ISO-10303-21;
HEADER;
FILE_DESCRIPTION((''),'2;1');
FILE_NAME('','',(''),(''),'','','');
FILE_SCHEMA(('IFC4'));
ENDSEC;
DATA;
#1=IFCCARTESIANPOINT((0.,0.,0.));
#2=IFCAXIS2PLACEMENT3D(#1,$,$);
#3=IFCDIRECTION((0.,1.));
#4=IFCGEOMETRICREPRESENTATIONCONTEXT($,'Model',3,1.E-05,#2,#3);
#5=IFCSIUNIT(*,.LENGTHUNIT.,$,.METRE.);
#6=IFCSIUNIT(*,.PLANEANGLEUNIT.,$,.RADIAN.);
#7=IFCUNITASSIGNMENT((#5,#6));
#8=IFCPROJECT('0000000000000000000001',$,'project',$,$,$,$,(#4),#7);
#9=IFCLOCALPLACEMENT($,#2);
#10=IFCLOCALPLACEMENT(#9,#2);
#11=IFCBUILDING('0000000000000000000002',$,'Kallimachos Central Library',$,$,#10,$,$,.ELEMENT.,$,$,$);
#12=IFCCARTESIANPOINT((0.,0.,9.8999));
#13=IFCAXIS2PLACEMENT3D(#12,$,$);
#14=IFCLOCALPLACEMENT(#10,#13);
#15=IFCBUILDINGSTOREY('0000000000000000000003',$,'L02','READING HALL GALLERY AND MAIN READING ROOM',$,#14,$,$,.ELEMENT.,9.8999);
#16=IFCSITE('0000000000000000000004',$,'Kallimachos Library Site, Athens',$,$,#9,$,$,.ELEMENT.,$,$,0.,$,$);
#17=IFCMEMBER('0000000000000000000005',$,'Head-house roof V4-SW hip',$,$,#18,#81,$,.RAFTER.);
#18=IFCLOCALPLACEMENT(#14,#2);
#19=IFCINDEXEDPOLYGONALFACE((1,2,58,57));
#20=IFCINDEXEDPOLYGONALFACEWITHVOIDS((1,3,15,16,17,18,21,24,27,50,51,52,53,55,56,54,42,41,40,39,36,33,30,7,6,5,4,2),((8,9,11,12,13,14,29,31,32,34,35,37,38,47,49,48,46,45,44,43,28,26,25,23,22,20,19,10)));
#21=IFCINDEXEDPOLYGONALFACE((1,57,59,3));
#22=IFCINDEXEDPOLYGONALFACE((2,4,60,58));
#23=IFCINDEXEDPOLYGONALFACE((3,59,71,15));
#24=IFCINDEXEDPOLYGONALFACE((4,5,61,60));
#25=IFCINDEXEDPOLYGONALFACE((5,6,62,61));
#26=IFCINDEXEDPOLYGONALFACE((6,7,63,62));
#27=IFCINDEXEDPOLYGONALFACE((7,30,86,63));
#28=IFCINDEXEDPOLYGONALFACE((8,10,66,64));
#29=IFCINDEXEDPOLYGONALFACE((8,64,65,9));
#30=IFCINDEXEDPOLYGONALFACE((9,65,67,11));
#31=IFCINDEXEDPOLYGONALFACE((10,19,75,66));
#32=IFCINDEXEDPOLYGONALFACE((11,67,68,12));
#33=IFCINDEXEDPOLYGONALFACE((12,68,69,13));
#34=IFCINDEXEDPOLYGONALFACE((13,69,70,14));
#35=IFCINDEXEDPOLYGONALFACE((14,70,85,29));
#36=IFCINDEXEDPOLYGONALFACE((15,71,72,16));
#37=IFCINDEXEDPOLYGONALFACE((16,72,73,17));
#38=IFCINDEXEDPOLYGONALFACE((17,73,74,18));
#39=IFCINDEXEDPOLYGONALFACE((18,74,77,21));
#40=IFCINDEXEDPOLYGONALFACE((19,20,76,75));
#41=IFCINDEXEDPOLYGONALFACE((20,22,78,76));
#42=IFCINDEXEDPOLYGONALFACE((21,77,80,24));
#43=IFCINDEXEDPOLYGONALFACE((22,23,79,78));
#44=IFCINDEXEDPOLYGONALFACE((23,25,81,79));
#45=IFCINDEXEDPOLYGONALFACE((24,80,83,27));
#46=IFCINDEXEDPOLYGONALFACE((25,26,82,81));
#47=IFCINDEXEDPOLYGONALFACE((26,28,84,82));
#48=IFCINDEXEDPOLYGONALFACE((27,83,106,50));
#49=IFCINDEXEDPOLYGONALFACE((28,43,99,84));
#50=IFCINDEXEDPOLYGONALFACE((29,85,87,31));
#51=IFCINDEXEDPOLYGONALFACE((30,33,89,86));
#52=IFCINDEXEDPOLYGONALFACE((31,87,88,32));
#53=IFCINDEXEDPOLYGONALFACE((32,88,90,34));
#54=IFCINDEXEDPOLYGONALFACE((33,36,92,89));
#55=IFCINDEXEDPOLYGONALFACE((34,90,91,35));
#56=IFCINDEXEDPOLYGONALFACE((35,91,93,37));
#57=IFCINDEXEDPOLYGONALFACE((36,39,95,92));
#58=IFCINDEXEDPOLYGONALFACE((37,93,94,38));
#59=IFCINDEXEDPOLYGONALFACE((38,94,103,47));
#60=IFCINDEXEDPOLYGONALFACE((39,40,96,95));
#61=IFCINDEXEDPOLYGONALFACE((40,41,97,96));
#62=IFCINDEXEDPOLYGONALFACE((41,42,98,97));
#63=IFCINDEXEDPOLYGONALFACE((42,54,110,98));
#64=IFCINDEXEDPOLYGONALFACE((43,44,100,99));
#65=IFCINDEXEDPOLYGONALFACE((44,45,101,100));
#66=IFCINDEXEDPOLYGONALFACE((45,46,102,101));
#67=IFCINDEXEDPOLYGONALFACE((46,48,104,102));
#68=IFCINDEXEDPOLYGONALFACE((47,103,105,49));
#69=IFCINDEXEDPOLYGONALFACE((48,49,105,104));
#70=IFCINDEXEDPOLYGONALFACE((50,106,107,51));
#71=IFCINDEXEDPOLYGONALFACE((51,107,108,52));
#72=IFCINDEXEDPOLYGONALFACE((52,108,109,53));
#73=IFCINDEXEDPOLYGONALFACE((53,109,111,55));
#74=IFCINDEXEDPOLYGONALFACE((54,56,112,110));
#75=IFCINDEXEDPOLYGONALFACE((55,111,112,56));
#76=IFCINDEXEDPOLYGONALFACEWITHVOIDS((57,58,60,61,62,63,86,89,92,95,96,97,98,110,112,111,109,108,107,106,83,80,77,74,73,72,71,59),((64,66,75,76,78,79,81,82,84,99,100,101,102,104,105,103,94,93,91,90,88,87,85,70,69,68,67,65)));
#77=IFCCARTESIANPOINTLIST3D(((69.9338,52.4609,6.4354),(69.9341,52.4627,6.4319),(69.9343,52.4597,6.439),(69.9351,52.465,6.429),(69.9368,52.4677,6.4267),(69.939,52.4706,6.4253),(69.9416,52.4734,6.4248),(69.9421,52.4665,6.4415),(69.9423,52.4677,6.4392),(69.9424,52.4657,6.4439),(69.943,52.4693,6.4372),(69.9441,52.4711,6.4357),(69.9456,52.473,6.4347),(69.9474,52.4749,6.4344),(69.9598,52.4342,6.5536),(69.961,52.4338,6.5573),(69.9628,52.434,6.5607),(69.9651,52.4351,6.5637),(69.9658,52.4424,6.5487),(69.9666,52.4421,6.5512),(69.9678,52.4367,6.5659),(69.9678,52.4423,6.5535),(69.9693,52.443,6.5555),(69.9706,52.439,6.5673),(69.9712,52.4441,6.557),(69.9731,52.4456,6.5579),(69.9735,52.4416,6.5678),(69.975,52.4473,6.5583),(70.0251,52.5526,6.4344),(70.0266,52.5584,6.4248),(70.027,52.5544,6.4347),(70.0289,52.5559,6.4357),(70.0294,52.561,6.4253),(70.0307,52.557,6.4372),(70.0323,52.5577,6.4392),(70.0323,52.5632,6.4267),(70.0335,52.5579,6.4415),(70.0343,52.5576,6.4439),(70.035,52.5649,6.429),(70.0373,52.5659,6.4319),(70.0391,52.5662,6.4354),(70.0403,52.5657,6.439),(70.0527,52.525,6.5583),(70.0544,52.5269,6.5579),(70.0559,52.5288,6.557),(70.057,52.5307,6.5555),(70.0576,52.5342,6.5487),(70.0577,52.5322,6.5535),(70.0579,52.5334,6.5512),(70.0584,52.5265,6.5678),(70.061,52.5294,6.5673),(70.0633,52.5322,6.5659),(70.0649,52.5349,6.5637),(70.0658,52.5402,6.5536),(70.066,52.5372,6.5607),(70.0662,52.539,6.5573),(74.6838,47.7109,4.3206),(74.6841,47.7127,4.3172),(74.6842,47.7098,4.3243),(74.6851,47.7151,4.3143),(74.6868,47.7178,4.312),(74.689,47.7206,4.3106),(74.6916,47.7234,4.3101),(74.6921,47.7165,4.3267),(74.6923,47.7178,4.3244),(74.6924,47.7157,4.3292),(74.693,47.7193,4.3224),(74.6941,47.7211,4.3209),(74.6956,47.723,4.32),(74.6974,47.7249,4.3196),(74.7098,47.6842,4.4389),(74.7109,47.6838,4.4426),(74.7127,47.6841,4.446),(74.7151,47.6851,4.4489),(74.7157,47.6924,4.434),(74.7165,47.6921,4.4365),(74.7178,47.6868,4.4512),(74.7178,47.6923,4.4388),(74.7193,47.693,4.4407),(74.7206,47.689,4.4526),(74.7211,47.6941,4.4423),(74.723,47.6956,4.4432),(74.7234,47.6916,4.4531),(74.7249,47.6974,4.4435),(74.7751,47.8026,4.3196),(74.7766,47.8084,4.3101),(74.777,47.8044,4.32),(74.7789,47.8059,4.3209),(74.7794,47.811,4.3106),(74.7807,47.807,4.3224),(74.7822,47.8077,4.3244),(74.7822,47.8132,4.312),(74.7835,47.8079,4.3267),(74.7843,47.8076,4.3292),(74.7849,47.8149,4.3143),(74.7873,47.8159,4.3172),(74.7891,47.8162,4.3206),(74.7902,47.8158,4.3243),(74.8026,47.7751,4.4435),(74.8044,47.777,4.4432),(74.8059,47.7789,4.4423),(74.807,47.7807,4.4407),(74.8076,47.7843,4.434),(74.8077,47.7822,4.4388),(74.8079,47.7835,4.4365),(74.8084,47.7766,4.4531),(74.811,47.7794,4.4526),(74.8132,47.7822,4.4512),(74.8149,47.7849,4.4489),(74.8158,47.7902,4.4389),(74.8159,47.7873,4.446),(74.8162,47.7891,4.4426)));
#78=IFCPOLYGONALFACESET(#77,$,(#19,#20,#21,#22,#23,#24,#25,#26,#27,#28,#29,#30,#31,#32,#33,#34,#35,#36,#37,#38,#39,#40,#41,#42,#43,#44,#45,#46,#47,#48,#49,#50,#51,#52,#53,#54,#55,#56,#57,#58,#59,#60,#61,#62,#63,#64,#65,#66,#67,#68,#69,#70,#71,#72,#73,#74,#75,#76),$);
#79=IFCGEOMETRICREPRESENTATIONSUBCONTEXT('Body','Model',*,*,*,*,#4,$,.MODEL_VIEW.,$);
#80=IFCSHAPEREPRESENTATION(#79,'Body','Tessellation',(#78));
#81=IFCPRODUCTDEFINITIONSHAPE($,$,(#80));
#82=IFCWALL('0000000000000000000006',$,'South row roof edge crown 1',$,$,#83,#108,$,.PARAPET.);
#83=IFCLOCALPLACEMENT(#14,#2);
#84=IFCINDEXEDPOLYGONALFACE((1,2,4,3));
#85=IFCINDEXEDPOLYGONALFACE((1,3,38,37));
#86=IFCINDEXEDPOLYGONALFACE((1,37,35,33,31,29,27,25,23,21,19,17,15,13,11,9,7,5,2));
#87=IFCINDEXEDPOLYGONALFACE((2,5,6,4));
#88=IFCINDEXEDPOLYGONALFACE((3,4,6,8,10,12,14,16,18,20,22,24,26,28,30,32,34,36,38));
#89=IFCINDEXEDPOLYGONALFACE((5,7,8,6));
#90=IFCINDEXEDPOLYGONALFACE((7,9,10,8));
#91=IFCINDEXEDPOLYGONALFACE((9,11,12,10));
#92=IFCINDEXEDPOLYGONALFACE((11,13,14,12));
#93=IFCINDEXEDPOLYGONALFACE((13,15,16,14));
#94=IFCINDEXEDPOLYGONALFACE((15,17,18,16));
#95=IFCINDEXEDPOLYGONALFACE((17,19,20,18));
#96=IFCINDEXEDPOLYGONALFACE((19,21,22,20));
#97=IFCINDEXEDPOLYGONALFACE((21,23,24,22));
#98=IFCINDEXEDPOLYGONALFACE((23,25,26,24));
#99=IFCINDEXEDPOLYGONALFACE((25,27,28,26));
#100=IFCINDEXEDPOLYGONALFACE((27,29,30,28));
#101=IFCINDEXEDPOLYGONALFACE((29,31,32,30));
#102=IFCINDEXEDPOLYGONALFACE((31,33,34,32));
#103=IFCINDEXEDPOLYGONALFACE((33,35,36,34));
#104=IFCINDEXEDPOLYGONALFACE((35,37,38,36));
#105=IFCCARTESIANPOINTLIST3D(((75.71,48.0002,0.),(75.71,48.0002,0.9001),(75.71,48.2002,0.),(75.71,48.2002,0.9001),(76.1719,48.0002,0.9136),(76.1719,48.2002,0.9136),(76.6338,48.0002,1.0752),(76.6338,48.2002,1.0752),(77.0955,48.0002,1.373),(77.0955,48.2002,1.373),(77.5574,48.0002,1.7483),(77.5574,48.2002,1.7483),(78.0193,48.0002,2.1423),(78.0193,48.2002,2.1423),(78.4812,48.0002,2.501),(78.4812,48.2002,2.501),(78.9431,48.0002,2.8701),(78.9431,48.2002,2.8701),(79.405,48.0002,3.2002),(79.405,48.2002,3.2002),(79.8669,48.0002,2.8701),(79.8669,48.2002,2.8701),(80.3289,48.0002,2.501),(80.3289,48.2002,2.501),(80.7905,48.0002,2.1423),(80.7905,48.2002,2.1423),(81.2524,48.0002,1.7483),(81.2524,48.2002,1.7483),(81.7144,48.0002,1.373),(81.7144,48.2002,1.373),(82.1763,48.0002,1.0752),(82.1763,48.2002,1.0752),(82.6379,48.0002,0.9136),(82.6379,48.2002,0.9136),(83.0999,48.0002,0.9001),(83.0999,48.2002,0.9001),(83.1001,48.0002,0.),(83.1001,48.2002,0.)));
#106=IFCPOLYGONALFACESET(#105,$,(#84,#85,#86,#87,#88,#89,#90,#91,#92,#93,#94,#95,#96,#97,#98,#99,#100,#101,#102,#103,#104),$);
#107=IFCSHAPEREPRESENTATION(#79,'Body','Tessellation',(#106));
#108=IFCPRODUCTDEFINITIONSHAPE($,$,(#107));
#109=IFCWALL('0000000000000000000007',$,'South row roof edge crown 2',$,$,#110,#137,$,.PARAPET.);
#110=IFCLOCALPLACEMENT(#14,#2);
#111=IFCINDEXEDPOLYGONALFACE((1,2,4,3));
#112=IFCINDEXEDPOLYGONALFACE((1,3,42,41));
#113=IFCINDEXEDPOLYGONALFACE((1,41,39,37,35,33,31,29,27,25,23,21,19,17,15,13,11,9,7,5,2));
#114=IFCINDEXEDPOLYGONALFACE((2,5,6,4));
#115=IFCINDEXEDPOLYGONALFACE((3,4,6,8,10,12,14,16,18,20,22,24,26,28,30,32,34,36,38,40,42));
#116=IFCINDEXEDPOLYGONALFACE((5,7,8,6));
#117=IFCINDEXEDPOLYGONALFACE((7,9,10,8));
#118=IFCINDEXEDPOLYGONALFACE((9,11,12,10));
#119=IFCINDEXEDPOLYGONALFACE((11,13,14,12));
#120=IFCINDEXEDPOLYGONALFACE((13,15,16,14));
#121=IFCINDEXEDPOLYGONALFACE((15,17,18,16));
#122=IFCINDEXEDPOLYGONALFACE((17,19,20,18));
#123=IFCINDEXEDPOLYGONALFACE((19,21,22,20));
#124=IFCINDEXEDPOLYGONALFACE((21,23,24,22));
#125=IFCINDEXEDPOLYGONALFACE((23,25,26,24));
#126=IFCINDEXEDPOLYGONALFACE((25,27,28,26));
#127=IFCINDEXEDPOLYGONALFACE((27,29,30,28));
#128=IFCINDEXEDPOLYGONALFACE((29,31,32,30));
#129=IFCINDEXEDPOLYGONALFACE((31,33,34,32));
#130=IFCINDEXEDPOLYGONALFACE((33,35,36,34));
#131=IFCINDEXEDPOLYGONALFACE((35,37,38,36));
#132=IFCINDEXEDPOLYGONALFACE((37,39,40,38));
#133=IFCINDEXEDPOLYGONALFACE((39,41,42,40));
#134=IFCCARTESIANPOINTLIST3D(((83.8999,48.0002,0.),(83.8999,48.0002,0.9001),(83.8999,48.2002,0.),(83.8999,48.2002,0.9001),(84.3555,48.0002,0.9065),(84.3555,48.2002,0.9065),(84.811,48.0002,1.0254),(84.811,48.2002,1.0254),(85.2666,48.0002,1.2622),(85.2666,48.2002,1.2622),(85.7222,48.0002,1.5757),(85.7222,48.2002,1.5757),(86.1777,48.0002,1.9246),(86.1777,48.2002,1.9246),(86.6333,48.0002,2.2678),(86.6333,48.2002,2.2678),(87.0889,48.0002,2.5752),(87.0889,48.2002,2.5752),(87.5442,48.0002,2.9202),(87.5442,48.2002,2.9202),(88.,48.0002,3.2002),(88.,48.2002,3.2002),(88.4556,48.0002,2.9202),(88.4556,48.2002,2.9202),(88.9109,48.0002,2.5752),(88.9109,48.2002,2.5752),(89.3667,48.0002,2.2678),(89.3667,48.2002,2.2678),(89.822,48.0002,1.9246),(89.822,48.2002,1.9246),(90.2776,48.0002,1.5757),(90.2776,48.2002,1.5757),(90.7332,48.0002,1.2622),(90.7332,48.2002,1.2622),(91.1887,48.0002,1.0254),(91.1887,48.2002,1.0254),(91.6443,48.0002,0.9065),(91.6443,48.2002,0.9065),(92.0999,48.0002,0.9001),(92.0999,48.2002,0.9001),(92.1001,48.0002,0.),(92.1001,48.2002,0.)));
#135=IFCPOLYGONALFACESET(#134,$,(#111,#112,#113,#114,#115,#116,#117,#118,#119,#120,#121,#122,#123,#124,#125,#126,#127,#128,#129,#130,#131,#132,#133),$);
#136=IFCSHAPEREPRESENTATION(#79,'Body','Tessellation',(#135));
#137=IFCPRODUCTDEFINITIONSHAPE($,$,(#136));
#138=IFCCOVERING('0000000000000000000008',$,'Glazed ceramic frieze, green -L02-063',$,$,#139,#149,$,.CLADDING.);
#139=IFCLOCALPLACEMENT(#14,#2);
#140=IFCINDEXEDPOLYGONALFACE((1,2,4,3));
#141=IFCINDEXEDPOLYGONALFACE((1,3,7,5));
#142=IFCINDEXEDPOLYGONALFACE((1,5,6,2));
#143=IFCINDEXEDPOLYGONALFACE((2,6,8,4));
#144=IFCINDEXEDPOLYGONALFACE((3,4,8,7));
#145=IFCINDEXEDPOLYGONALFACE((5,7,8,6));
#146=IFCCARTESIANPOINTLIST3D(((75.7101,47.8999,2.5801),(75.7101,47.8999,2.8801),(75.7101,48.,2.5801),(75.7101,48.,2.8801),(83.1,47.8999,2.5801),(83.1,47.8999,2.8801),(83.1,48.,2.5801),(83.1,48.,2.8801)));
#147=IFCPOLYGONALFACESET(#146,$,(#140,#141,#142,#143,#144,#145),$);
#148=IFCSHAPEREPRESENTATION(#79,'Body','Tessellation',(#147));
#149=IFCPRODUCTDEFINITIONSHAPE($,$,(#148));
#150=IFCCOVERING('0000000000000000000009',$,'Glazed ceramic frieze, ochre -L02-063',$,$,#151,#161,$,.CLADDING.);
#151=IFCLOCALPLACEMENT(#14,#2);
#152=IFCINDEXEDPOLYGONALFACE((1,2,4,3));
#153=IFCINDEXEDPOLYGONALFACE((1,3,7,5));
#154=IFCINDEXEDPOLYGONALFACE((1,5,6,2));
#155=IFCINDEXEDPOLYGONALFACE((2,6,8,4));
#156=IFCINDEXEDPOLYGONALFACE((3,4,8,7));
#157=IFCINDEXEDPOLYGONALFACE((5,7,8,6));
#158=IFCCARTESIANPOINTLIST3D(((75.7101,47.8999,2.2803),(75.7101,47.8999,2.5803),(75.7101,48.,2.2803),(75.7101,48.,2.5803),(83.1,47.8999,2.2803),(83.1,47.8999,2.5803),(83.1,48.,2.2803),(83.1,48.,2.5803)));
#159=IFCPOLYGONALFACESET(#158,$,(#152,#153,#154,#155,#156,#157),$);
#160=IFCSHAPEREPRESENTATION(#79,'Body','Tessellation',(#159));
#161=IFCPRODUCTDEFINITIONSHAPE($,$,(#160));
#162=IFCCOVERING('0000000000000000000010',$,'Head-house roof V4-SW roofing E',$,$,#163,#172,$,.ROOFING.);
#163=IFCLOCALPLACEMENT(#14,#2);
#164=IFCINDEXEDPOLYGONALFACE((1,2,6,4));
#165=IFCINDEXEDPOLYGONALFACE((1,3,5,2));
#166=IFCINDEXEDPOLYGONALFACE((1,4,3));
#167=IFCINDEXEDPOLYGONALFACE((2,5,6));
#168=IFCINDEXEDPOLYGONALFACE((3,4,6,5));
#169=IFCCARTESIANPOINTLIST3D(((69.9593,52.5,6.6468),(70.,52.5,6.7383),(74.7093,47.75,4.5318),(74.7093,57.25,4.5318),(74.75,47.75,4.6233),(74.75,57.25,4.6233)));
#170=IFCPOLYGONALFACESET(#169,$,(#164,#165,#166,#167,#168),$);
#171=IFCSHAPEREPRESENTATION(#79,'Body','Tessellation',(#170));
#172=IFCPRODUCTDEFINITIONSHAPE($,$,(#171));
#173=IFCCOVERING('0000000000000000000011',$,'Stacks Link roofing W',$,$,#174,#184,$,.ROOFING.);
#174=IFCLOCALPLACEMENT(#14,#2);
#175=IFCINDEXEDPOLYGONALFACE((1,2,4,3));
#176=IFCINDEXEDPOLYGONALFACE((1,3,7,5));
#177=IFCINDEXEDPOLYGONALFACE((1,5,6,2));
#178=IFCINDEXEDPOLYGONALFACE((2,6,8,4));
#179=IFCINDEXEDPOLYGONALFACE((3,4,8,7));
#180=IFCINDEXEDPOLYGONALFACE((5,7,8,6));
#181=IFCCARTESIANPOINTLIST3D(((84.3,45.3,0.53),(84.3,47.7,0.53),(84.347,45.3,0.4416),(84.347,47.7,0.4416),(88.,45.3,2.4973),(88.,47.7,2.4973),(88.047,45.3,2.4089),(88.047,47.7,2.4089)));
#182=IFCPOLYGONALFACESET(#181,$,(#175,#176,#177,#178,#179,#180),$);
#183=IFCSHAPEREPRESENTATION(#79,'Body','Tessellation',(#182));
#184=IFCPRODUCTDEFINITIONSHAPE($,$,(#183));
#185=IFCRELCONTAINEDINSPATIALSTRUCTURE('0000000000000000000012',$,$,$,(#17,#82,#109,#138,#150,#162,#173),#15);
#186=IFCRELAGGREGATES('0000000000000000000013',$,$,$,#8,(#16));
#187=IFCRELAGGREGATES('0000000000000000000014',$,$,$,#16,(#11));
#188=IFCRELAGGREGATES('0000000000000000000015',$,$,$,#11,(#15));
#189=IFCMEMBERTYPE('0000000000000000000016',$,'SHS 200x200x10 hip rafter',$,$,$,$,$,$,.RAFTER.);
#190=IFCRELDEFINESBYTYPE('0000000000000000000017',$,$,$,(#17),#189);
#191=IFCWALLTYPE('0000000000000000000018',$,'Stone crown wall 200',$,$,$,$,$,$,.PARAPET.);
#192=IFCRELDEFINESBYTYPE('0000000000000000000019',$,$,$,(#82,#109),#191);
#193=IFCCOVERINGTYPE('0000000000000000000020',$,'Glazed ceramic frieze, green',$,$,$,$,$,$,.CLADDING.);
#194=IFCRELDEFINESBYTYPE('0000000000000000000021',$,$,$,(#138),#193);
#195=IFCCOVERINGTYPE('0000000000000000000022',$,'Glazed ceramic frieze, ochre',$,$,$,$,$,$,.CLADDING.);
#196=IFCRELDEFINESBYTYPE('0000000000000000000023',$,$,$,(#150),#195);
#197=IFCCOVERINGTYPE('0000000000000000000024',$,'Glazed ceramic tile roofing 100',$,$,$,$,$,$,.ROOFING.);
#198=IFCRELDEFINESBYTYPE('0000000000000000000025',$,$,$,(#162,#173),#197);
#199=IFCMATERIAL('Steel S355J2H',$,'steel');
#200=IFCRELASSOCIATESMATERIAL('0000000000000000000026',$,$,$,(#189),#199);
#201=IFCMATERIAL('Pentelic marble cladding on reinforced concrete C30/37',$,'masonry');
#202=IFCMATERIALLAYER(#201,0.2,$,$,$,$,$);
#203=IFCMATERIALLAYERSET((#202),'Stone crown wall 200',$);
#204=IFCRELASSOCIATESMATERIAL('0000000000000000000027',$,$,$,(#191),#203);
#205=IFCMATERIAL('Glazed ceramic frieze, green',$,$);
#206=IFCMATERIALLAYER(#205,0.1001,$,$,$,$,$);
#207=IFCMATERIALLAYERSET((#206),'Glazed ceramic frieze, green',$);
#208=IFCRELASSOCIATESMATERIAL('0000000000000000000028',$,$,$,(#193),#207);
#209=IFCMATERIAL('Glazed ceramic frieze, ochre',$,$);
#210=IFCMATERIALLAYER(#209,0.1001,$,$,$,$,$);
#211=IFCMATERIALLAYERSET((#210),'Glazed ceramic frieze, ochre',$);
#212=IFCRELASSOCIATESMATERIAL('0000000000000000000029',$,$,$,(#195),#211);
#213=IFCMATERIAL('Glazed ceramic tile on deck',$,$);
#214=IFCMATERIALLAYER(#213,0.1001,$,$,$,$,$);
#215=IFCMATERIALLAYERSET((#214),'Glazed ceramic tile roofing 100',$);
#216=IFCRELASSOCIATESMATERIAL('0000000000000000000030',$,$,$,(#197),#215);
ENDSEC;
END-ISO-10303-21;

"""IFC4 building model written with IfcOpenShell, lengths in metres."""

from ifc_helpers import new_model, si_unit, direction, frame, origin, origin_2d, place, context, subcontext, project, spatial, polyline, rectangle, hollow_rectangle, outline, extrude, material, layer, layer_set, material_profile, profile_set, type_object, element, save


model = new_model("IFC4")

# Units and contexts
model_context = context("Model", 3, precision=1e-05, world=origin(), true_north=direction((0.0, 1.0)))
body_context = subcontext(model_context, "Body", "Model", "MODEL_VIEW")
ifc_project = project(units=[si_unit("LENGTHUNIT", "METRE"), si_unit("PLANEANGLEUNIT", "RADIAN")], contexts=[model_context])

# Site, building, storey
site_placement = place(None, origin())
site = spatial("IfcSite", under=ifc_project, at=site_placement, Name="Kallimachos Library Site, Athens", CompositionType="ELEMENT", RefElevation=0.0)
building_placement = place(site_placement, origin())
building = spatial("IfcBuilding", under=site, at=building_placement, Name="Kallimachos Central Library", CompositionType="ELEMENT")
storey_placement = place(building_placement, frame((0.0, 0.0, 9.8999)))
storey = spatial("IfcBuildingStorey", under=building, at=storey_placement, Name="L02", Description="READING HALL GALLERY AND MAIN READING ROOM", CompositionType="ELEMENT", Elevation=9.8999)

# Member
ifc_material_1 = material(Name="Steel S355J2H", Category="steel")
ifc_material_profile_1 = material_profile(ifc_material_1, hollow_rectangle(XDim=0.1499, YDim=0.1499, WallThickness=0.01, InnerFilletRadius=0.01, OuterFilletRadius=0.0149, at=origin_2d()), Name="SHS 150x150x10")
ifc_profile_set_1 = profile_set([ifc_material_profile_1], Name="Steel S355J2H")
member_type = type_object("IfcMemberType", Name="SHS 200x200x10 hip rafter", PredefinedType="RAFTER", material=ifc_profile_set_1)
member_placement = place(storey_placement, frame((74.75, 47.75, 4.3816), z_axis=(-0.674474, 0.674474, 0.300282), x_axis=(-0.707107, -0.707107, 0.0)))
element("IfcMember", 1, at=member_placement, inside=storey, type_object=member_type, Name="Head-house roof V4-SW hip", PredefinedType="RAFTER", context=body_context, shape_type="SweptSolid", body=[
    extrude(hollow_rectangle(XDim=0.1499, YDim=0.1499, WallThickness=0.01, InnerFilletRadius=0.01, OuterFilletRadius=0.0149, at=origin_2d()), origin(), (0.0, 0.0, 1.0), 7.0425),
])

# Walls
ifc_material_2 = material(Name="Pentelic marble cladding on reinforced concrete C30/37", Category="masonry")
ifc_layer_1 = layer(ifc_material_2, 0.2)
ifc_layer_set_1 = layer_set([ifc_layer_1], Name="Stone crown wall 200")
wall_type = type_object("IfcWallType", Name="Stone crown wall 200", PredefinedType="PARAPET", material=ifc_layer_set_1)
wall_1_placement = place(storey_placement, frame((75.71, 48.1001, 0.0), z_axis=(0.0, 0.0, 1.0), x_axis=(1.0, 0.0, 0.0)))
element("IfcWall", 2, at=wall_1_placement, inside=storey, type_object=wall_type, Name="South row roof edge crown 1", PredefinedType="PARAPET", context=body_context, shape_type="SweptSolid", body=[
    extrude(outline(polyline([(0.0, 0.0), (7.3901, 0.0), (7.3899, 0.9001), (6.928, 0.9136), (6.4663, 1.0752), (6.0044, 1.373), (5.5425, 1.7483), (5.0806, 2.1423), (4.6189, 2.501), (4.157, 2.8701), (3.6951, 3.2002), (3.2332, 2.8701), (2.7712, 2.501), (2.3093, 2.1423), (1.8474, 1.7483), (1.3855, 1.373), (0.9238, 1.0752), (0.4619, 0.9136), (0.0, 0.9001), (0.0, 0.0)])), frame((0.0, 0.1001, 0.0), z_axis=(0.0, -1.0, 0.0), x_axis=(1.0, 0.0, 0.0)), (0.0, 0.0, 1.0), 0.2),
])
wall_2_placement = place(storey_placement, frame((83.8999, 48.1001, 0.0), z_axis=(0.0, 0.0, 1.0), x_axis=(1.0, 0.0, 0.0)))
element("IfcWall", 3, at=wall_2_placement, inside=storey, type_object=wall_type, Name="South row roof edge crown 2", PredefinedType="PARAPET", context=body_context, shape_type="SweptSolid", body=[
    extrude(outline(polyline([(0.0, 0.0), (8.2002, 0.0), (8.2, 0.9001), (7.7444, 0.9065), (7.2888, 1.0254), (6.8333, 1.2622), (6.3777, 1.5757), (5.9221, 1.9246), (5.4668, 2.2678), (5.011, 2.5752), (4.5557, 2.9202), (4.1001, 3.2002), (3.6443, 2.9202), (3.189, 2.5752), (2.7334, 2.2678), (2.2778, 1.9246), (1.8223, 1.5757), (1.3667, 1.2622), (0.9111, 1.0254), (0.4556, 0.9065), (0.0, 0.9001), (0.0, 0.0)])), frame((0.0, 0.1001, 0.0), z_axis=(0.0, -1.0, 0.0), x_axis=(1.0, 0.0, 0.0)), (0.0, 0.0, 1.0), 0.2),
])

# Coverings
ifc_material_3 = material(Name="Glazed ceramic frieze, green")
ifc_layer_2 = layer(ifc_material_3, 0.1001)
ifc_layer_set_2 = layer_set([ifc_layer_2], Name="Glazed ceramic frieze, green")
covering_type_1 = type_object("IfcCoveringType", Name="Glazed ceramic frieze, green", PredefinedType="CLADDING", material=ifc_layer_set_2)
covering_1_placement = place(storey_placement, frame((79.405, 47.95, 2.5801), z_axis=(0.0, 0.0, 1.0), x_axis=(1.0, 0.0, 0.0)))
element("IfcCovering", 4, at=covering_1_placement, inside=storey, type_object=covering_type_1, Name="Glazed ceramic frieze, green -L02-063", PredefinedType="CLADDING", context=body_context, shape_type="SweptSolid", body=[
    extrude(rectangle(XDim=7.3899, YDim=0.1001, at=origin_2d()), origin(), (0.0, 0.0, 1.0), 0.3),
])
ifc_material_4 = material(Name="Glazed ceramic frieze, ochre")
ifc_layer_3 = layer(ifc_material_4, 0.1001)
ifc_layer_set_3 = layer_set([ifc_layer_3], Name="Glazed ceramic frieze, ochre")
covering_type_2 = type_object("IfcCoveringType", Name="Glazed ceramic frieze, ochre", PredefinedType="CLADDING", material=ifc_layer_set_3)
covering_2_placement = place(storey_placement, frame((79.405, 47.95, 2.2803), z_axis=(0.0, 0.0, 1.0), x_axis=(1.0, 0.0, 0.0)))
element("IfcCovering", 5, at=covering_2_placement, inside=storey, type_object=covering_type_2, Name="Glazed ceramic frieze, ochre -L02-063", PredefinedType="CLADDING", context=body_context, shape_type="SweptSolid", body=[
    extrude(rectangle(XDim=7.3899, YDim=0.1001, at=origin_2d()), origin(), (0.0, 0.0, 1.0), 0.3),
])
ifc_material_5 = material(Name="Glazed ceramic tile on deck")
ifc_layer_4 = layer(ifc_material_5, 0.1001)
ifc_layer_set_4 = layer_set([ifc_layer_4], Name="Glazed ceramic tile roofing 100")
covering_type_3 = type_object("IfcCoveringType", Name="Glazed ceramic tile roofing 100", PredefinedType="ROOFING", material=ifc_layer_set_4)
covering_3_placement = place(storey_placement, frame((74.75, 47.75, 4.6233), z_axis=(0.406761, 0.0, 0.913534), x_axis=(0.0, 1.0, 0.0)))
element("IfcCovering", 6, at=covering_3_placement, inside=storey, type_object=covering_type_3, Name="Head-house roof V4-SW roofing E", PredefinedType="ROOFING", context=body_context, shape_type="SweptSolid", body=[
    extrude(outline(polyline([(0.0, 0.0), (9.5, 0.0), (4.75, 5.1996), (0.0, 0.0)])), origin(), (0.0, 0.0, -1.0), 0.1001),
])
covering_4_placement = place(storey_placement, frame((84.3, 45.3, 0.53), z_axis=(-0.469469, 0.0, 0.882949), x_axis=(0.882949, 0.0, 0.469469)))
element("IfcCovering", 7, at=covering_4_placement, inside=storey, type_object=covering_type_3, Name="Stacks Link roofing W", PredefinedType="ROOFING", context=body_context, shape_type="SweptSolid", body=[
    extrude(outline(polyline([(0.0, 0.0), (4.1904, 0.0), (4.1904, 2.3999), (0.0, 2.3999), (0.0, 0.0)])), origin(), (0.0, 0.0, -1.0), 0.1001),
])

save(model, "model.ifc")
